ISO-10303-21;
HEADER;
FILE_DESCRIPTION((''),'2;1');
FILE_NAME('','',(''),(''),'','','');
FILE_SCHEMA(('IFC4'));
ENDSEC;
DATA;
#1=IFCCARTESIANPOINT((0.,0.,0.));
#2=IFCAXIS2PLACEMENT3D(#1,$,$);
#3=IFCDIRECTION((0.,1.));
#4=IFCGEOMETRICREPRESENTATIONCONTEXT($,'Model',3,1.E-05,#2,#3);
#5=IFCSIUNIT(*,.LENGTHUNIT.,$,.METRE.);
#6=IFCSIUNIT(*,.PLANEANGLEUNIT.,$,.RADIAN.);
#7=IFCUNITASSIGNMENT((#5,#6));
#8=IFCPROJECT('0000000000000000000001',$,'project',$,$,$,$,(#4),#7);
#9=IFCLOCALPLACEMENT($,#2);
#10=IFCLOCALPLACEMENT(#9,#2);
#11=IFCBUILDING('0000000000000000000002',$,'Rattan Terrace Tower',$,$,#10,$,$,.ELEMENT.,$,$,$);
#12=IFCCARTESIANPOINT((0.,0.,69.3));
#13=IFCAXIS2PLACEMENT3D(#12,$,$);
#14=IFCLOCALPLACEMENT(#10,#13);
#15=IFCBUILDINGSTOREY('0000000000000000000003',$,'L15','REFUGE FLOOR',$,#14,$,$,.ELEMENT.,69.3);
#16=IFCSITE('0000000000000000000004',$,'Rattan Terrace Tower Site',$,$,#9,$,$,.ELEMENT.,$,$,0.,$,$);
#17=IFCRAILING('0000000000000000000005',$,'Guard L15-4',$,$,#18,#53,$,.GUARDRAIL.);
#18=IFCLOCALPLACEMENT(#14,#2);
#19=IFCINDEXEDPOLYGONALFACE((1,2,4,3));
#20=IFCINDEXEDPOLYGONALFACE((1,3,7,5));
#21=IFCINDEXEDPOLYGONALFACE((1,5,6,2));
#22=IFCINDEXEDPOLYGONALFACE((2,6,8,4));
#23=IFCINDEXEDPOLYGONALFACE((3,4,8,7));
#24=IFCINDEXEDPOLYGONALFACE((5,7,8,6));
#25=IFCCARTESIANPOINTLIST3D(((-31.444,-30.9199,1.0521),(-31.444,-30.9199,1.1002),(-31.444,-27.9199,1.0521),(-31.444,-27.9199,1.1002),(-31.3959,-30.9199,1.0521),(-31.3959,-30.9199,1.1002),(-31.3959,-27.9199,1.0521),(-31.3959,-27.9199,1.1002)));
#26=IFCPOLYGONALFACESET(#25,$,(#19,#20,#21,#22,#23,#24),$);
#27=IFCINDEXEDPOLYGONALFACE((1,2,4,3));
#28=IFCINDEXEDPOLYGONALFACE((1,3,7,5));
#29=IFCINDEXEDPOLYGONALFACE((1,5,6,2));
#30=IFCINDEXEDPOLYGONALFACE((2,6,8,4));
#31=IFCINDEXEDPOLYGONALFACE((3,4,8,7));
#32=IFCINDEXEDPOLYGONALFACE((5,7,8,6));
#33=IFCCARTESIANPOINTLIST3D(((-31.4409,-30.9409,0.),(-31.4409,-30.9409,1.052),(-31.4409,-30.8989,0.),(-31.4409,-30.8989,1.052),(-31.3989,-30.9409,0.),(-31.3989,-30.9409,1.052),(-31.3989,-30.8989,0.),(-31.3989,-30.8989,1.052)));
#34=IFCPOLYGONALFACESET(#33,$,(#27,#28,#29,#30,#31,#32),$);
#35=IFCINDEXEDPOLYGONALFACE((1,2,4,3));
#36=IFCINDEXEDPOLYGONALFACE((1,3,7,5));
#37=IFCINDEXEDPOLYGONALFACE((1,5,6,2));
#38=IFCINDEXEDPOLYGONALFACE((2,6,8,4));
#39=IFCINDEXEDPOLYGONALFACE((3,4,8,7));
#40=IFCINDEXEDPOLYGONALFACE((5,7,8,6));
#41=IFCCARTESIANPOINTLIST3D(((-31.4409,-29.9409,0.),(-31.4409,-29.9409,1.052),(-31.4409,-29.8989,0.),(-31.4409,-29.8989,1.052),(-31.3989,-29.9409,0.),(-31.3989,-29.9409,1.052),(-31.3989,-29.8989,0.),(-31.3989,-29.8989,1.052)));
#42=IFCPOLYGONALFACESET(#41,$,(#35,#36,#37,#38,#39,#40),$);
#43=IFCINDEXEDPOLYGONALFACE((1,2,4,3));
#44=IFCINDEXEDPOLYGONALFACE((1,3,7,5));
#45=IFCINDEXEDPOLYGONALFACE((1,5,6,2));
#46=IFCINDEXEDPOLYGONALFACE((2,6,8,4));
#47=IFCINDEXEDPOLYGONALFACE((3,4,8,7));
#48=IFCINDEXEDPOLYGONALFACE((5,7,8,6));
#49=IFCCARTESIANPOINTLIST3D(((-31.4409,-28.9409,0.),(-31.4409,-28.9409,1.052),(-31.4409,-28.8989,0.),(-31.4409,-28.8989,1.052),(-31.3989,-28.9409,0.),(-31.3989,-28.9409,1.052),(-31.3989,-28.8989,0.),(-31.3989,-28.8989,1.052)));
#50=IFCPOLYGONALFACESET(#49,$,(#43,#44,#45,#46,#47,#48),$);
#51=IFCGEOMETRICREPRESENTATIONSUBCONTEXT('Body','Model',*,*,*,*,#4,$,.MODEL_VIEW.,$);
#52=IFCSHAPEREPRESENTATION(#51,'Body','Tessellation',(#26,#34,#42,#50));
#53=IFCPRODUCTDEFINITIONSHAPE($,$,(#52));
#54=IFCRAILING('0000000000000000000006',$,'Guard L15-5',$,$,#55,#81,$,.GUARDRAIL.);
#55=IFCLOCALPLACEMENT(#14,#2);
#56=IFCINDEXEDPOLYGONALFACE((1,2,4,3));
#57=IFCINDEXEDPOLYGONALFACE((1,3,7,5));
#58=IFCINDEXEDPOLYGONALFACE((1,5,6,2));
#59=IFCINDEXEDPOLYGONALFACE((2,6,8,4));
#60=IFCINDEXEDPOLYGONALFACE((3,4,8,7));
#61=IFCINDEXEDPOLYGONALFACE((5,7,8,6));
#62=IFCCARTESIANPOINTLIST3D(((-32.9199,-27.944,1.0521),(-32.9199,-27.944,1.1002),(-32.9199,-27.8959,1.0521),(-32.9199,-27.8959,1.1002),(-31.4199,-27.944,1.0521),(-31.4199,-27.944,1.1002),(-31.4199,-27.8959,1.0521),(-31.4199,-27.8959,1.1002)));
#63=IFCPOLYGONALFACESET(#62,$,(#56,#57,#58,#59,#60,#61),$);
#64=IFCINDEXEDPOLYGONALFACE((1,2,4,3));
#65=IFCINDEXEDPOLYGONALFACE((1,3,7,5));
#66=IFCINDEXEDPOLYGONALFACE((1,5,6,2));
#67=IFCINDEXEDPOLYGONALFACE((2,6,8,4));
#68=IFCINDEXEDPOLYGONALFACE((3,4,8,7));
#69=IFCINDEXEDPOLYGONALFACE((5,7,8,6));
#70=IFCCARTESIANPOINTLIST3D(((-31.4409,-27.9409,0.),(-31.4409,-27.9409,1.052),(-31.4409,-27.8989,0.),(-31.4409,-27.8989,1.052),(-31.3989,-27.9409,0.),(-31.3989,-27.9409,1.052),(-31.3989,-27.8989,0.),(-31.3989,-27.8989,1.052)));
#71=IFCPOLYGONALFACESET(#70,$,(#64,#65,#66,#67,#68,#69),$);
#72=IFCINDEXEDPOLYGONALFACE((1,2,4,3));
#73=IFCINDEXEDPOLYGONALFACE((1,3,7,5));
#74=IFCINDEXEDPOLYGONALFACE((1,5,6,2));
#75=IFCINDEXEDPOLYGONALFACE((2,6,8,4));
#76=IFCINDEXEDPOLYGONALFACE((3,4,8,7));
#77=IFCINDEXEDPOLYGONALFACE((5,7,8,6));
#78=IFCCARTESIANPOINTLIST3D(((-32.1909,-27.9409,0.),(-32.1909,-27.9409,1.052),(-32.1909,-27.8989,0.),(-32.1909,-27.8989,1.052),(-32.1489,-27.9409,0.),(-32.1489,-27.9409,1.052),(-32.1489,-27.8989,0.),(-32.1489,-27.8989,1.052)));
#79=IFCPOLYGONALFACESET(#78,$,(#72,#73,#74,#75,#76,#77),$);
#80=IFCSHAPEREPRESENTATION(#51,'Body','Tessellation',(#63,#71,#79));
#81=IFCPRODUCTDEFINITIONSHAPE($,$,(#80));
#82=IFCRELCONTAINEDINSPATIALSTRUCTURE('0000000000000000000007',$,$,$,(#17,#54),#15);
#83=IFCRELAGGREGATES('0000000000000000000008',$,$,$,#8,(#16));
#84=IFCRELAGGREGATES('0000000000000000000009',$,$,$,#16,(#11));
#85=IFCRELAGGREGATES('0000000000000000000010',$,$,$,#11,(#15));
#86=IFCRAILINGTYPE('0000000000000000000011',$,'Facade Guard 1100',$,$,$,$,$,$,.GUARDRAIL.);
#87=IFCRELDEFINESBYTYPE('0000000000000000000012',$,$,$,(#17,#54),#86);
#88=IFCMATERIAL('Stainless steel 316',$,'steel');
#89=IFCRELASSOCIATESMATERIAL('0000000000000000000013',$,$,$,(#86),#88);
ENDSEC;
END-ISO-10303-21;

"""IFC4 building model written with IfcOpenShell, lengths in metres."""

from ifc_helpers import new_model, si_unit, direction, frame, origin, origin_2d, place, context, subcontext, project, spatial, rectangle, extrude, material, type_object, element, save


model = new_model("IFC4")

# Units and contexts
model_context = context("Model", 3, precision=1e-05, world=origin(), true_north=direction((0.0, 1.0)))
body_context = subcontext(model_context, "Body", "Model", "MODEL_VIEW")
ifc_project = project(units=[si_unit("LENGTHUNIT", "METRE"), si_unit("PLANEANGLEUNIT", "RADIAN")], contexts=[model_context])

# Site, building, storey
site_placement = place(None, origin())
site = spatial("IfcSite", under=ifc_project, at=site_placement, Name="Rattan Terrace Tower Site", CompositionType="ELEMENT", RefElevation=0.0)
building_placement = place(site_placement, origin())
building = spatial("IfcBuilding", under=site, at=building_placement, Name="Rattan Terrace Tower", CompositionType="ELEMENT")
storey_placement = place(building_placement, frame((0.0, 0.0, 69.3)))
storey = spatial("IfcBuildingStorey", under=building, at=storey_placement, Name="L15", Description="REFUGE FLOOR", CompositionType="ELEMENT", Elevation=69.3)

# Railings
ifc_material_1 = material(Name="Stainless steel 316", Category="steel")
railing_type = type_object("IfcRailingType", Name="Facade Guard 1100", PredefinedType="GUARDRAIL", material=ifc_material_1)
railing_1_placement = place(storey_placement, frame((-31.4199, -30.9199, 0.0)))
element("IfcRailing", 1, at=railing_1_placement, inside=storey, type_object=railing_type, Name="Guard L15-4", PredefinedType="GUARDRAIL", context=body_context, shape_type="SweptSolid", body=[
    extrude(rectangle(XDim=0.0481, YDim=0.0481, at=origin_2d()), frame((0.0, 0.0, 1.0762), z_axis=(0.0, 1.0, 0.0), x_axis=(-1.0, 0.0, 0.0)), (0.0, 0.0, 1.0), 3.0),
    extrude(rectangle(XDim=0.042, YDim=0.042, at=origin_2d()), origin(), (0.0, 0.0, 1.0), 1.052),
    extrude(rectangle(XDim=0.042, YDim=0.042, at=origin_2d()), frame((0.0, 1.0, 0.0)), (0.0, 0.0, 1.0), 1.052),
    extrude(rectangle(XDim=0.042, YDim=0.042, at=origin_2d()), frame((0.0, 2.0, 0.0)), (0.0, 0.0, 1.0), 1.052),
])
railing_2_placement = place(storey_placement, frame((-31.4199, -27.9199, 0.0)))
element("IfcRailing", 2, at=railing_2_placement, inside=storey, type_object=railing_type, Name="Guard L15-5", PredefinedType="GUARDRAIL", context=body_context, shape_type="SweptSolid", body=[
    extrude(rectangle(XDim=0.0481, YDim=0.0481, at=origin_2d()), frame((0.0, 0.0, 1.0762), z_axis=(-1.0, 0.0, 0.0), x_axis=(0.0, -1.0, 0.0)), (0.0, 0.0, 1.0), 1.5),
    extrude(rectangle(XDim=0.042, YDim=0.042, at=origin_2d()), origin(), (0.0, 0.0, 1.0), 1.052),
    extrude(rectangle(XDim=0.042, YDim=0.042, at=origin_2d()), frame((-0.75, 0.0, 0.0)), (0.0, 0.0, 1.0), 1.052),
])

save(model, "model.ifc")
